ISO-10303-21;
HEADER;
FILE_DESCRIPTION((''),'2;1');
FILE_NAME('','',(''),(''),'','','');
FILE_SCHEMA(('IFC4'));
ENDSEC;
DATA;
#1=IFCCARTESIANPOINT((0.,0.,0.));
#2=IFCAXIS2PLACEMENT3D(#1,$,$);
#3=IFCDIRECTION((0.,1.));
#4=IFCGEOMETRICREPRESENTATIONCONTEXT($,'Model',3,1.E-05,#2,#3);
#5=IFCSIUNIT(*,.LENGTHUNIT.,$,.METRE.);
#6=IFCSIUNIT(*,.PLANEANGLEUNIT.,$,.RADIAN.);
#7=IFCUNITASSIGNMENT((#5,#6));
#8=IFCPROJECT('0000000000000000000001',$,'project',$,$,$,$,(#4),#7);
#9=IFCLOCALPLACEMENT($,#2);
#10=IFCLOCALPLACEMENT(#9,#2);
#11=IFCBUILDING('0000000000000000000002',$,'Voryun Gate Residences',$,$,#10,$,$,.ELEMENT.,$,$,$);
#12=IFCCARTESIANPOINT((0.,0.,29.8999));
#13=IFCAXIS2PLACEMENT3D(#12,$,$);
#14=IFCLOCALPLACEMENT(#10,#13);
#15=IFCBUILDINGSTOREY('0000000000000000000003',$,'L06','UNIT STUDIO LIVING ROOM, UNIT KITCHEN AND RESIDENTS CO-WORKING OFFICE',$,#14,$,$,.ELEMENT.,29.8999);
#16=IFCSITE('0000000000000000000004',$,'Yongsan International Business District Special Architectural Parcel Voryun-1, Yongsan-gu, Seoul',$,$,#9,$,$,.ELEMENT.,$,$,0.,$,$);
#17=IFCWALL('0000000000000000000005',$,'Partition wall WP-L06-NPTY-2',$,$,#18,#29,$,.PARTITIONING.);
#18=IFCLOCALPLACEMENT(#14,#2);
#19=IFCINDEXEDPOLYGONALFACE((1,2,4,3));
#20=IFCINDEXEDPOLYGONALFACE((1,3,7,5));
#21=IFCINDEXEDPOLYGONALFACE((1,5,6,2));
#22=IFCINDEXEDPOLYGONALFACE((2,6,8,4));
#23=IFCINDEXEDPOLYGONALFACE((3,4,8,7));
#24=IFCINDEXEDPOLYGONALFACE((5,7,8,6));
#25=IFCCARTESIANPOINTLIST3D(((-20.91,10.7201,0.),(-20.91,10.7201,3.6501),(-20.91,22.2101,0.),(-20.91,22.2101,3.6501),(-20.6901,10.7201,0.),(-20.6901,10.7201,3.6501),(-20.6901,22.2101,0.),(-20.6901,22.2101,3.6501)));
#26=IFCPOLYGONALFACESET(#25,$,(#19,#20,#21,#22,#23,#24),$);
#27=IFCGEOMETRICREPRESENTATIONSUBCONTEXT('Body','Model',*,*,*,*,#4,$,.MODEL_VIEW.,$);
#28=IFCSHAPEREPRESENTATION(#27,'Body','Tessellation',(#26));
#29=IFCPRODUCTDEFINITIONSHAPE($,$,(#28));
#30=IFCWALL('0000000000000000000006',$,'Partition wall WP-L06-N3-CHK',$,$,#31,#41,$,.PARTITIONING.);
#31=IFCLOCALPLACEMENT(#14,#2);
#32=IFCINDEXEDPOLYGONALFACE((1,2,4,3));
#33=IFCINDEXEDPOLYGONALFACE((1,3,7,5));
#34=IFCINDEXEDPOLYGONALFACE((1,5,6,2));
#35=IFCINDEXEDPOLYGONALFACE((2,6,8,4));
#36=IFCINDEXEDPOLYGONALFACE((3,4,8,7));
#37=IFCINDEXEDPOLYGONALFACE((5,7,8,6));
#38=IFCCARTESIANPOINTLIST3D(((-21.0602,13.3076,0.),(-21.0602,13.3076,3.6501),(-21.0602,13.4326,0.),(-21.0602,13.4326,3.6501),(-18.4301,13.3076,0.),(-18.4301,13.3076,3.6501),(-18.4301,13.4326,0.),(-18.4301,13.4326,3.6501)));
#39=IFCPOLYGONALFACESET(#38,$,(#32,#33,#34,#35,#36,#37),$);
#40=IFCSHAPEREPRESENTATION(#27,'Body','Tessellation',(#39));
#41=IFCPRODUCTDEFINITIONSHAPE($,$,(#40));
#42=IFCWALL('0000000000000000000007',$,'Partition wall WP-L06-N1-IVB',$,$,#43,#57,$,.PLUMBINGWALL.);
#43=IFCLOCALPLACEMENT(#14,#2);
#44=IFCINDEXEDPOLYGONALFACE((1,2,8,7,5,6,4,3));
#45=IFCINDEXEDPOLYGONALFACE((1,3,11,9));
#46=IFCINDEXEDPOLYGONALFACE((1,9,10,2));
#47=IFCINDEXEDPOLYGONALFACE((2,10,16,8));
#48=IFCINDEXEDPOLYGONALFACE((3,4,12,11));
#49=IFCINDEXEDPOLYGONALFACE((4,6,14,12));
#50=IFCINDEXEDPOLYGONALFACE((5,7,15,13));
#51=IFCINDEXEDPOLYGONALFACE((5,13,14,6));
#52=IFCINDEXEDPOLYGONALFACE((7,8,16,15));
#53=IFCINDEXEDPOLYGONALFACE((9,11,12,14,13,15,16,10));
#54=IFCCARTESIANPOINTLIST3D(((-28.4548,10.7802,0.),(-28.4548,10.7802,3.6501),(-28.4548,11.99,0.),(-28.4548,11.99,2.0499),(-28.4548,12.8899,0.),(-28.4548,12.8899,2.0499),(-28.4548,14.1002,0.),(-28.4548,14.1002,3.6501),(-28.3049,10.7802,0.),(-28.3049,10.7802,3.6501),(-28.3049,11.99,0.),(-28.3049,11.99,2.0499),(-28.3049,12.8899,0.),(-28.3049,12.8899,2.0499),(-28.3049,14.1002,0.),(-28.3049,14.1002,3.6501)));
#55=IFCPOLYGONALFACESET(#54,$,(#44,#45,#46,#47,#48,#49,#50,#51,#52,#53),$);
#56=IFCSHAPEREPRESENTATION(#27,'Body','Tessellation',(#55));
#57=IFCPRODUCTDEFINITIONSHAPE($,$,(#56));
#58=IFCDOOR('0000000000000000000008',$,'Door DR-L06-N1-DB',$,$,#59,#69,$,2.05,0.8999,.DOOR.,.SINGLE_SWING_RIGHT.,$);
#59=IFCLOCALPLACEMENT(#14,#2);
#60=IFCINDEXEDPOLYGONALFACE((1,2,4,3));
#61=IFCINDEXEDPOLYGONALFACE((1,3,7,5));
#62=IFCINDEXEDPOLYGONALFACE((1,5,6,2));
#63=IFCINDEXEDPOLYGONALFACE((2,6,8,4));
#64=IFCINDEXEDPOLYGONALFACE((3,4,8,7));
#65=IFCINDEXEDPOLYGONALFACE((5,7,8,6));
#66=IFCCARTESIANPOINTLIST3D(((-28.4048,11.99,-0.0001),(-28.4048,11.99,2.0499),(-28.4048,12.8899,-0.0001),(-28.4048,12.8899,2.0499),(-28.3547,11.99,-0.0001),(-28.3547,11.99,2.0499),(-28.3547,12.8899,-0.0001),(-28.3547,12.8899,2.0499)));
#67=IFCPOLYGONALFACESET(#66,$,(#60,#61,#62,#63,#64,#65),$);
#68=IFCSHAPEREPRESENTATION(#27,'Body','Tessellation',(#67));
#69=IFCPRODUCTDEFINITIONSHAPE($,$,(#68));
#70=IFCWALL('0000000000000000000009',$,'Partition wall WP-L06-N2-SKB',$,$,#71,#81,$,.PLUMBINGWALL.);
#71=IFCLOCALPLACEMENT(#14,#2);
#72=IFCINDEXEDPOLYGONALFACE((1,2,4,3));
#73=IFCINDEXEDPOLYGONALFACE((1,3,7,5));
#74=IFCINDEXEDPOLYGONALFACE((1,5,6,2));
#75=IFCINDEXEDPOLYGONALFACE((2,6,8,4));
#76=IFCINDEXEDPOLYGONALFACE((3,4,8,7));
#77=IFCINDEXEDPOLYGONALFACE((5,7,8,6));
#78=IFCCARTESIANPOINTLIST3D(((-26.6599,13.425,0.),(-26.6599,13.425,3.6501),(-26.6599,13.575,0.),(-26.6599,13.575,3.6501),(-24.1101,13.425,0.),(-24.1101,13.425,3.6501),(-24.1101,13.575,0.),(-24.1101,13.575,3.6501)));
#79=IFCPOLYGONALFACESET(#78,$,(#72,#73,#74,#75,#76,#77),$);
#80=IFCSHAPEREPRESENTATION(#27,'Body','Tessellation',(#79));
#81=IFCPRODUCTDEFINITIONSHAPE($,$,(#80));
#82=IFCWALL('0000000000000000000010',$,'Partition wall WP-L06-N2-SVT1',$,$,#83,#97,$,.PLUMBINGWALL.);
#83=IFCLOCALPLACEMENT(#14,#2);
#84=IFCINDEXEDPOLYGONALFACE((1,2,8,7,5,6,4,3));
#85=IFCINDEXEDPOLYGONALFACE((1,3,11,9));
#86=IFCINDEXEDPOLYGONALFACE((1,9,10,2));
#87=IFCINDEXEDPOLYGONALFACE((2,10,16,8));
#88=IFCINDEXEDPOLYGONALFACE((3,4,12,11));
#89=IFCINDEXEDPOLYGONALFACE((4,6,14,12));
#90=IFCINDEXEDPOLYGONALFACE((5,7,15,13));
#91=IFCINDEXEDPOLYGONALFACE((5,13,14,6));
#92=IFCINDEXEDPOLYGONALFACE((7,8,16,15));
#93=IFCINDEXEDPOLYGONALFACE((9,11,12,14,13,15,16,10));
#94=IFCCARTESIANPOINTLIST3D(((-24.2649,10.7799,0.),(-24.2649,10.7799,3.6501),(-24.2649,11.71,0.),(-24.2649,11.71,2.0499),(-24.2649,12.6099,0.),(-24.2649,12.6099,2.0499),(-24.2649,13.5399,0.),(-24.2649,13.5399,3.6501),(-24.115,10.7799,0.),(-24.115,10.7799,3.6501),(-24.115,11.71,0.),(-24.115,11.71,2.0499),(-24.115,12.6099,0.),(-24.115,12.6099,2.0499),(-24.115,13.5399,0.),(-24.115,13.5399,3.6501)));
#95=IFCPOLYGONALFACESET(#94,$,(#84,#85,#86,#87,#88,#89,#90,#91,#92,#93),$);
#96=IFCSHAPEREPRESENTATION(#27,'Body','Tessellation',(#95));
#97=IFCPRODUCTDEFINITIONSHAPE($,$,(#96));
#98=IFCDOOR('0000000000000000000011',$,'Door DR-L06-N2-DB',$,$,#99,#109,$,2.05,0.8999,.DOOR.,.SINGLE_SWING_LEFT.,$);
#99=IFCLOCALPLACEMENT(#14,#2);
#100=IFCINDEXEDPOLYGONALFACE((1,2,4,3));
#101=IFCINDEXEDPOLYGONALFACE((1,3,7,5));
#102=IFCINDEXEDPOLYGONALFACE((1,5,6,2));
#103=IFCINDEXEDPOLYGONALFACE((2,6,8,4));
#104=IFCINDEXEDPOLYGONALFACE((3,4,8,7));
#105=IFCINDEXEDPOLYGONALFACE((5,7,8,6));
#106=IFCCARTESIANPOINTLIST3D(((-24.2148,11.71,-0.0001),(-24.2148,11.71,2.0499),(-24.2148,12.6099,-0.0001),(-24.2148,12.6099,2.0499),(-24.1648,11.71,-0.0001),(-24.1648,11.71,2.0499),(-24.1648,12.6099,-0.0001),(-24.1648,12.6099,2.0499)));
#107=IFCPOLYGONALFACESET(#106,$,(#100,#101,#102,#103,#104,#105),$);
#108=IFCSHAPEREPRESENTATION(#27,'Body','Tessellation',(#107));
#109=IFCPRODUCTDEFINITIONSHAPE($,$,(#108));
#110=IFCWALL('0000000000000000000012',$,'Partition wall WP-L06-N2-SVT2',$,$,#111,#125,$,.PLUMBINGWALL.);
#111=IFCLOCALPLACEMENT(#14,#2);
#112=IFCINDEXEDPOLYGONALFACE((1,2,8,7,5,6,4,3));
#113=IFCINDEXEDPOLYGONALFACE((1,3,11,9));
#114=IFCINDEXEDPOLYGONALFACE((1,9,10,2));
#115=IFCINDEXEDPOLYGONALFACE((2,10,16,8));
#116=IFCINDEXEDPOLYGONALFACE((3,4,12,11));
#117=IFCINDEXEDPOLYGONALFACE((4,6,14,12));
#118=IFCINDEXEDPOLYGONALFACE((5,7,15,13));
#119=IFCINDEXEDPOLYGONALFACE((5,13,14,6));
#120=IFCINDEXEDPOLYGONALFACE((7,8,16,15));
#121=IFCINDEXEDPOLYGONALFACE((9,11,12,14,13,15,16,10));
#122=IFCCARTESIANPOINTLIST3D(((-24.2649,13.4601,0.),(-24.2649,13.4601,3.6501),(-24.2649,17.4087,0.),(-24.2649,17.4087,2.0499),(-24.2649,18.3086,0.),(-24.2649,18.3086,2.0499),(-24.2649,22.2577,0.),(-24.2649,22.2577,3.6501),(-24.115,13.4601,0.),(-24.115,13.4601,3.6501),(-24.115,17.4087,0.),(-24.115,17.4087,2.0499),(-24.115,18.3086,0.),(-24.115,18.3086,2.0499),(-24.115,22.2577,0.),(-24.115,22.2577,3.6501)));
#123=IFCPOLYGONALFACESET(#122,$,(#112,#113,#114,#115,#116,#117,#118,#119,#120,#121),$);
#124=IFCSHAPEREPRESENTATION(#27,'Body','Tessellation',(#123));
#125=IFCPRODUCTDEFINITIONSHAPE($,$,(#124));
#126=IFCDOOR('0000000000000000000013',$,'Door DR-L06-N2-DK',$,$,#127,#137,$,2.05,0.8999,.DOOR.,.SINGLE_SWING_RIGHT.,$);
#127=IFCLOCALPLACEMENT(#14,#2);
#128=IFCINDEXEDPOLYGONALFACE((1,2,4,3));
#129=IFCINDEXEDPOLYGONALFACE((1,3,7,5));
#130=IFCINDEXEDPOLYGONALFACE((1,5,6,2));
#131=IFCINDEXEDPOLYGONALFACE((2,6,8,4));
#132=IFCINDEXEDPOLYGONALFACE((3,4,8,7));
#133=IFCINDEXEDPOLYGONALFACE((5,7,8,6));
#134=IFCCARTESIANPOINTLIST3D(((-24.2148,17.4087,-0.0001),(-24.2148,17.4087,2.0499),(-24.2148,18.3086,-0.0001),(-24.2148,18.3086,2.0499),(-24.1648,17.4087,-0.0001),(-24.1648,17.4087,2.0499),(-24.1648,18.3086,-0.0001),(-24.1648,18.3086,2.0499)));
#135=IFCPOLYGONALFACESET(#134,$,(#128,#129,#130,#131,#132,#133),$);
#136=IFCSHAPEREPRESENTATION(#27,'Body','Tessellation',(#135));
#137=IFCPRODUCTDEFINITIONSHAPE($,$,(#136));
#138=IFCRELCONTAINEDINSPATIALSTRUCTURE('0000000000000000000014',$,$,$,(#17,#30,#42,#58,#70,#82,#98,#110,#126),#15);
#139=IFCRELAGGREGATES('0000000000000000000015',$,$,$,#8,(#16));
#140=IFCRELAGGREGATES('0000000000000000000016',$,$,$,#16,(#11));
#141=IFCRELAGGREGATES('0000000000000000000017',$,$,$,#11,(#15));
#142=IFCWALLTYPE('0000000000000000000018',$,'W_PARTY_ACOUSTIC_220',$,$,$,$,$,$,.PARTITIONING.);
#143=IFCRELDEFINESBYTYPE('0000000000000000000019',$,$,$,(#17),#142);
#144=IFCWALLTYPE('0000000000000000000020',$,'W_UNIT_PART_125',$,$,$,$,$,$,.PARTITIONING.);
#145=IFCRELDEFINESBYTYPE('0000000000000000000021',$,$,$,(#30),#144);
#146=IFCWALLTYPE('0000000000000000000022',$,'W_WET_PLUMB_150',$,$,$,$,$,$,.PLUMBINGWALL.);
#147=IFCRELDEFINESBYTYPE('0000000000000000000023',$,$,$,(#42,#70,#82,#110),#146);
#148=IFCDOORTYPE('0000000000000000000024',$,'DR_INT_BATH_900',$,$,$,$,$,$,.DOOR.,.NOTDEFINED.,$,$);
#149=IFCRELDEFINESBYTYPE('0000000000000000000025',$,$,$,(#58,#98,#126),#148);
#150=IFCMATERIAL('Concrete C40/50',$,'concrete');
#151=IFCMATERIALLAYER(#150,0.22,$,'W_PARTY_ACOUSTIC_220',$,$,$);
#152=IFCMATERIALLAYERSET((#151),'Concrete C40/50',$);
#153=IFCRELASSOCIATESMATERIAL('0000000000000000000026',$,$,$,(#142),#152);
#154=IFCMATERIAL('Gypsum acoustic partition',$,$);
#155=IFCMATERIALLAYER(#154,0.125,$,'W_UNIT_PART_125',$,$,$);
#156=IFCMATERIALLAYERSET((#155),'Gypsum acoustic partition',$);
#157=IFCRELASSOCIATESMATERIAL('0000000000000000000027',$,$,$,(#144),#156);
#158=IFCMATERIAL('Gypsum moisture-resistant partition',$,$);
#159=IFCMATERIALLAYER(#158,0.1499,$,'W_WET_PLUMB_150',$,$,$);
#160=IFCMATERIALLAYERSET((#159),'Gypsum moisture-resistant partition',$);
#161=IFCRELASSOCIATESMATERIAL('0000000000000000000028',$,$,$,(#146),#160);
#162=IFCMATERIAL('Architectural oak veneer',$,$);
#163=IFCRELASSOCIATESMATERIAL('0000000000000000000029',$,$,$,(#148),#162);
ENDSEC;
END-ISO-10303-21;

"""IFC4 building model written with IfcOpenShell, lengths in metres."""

from ifc_helpers import new_model, si_unit, direction, frame, frame_2d, origin, place, context, subcontext, project, spatial, rectangle, extrude, material, layer, layer_set, type_object, element, fill, save


model = new_model("IFC4")

# Units and contexts
model_context = context("Model", 3, precision=1e-05, world=origin(), true_north=direction((0.0, 1.0)))
body_context = subcontext(model_context, "Body", "Model", "MODEL_VIEW")
ifc_project = project(units=[si_unit("LENGTHUNIT", "METRE"), si_unit("PLANEANGLEUNIT", "RADIAN")], contexts=[model_context])

# Site, building, storey
site_placement = place(None, origin())
site = spatial("IfcSite", under=ifc_project, at=site_placement, Name="Yongsan International Business District Special Architectural Parcel Voryun-1, Yongsan-gu, Seoul", CompositionType="ELEMENT", RefElevation=0.0)
building_placement = place(site_placement, origin())
building = spatial("IfcBuilding", under=site, at=building_placement, Name="Voryun Gate Residences", CompositionType="ELEMENT")
storey_placement = place(building_placement, frame((0.0, 0.0, 29.8999)))
storey = spatial("IfcBuildingStorey", under=building, at=storey_placement, Name="L06", Description="UNIT STUDIO LIVING ROOM, UNIT KITCHEN AND RESIDENTS CO-WORKING OFFICE", CompositionType="ELEMENT", Elevation=29.8999)

# Walls
ifc_material_1 = material(Name="Concrete C40/50", Category="concrete")
ifc_layer_1 = layer(ifc_material_1, 0.22, Name="W_PARTY_ACOUSTIC_220")
ifc_layer_set_1 = layer_set([ifc_layer_1], Name="Concrete C40/50")
wall_type_1 = type_object("IfcWallType", Name="W_PARTY_ACOUSTIC_220", PredefinedType="PARTITIONING", material=ifc_layer_set_1)
wall_1_placement = place(storey_placement, frame((-20.8, 10.72, 0.0), z_axis=(0.0, 0.0, 1.0), x_axis=(0.0, 1.0, 0.0)))
element("IfcWall", 1, at=wall_1_placement, inside=storey, type_object=wall_type_1, Name="Partition wall WP-L06-NPTY-2", PredefinedType="PARTITIONING", context=body_context, shape_type="SweptSolid", body=[
    extrude(rectangle(XDim=11.49, YDim=0.22, at=frame_2d((5.7451, 0.0))), origin(), (0.0, 0.0, 1.0), 3.6501),
])
ifc_material_2 = material(Name="Gypsum acoustic partition")
ifc_layer_2 = layer(ifc_material_2, 0.125, Name="W_UNIT_PART_125")
ifc_layer_set_2 = layer_set([ifc_layer_2], Name="Gypsum acoustic partition")
wall_type_2 = type_object("IfcWallType", Name="W_UNIT_PART_125", PredefinedType="PARTITIONING", material=ifc_layer_set_2)
wall_2_placement = place(storey_placement, frame((-21.0601, 13.3701, 0.0), z_axis=(0.0, 0.0, 1.0), x_axis=(1.0, 0.0, 0.0)))
element("IfcWall", 2, at=wall_2_placement, inside=storey, type_object=wall_type_2, Name="Partition wall WP-L06-N3-CHK", PredefinedType="PARTITIONING", context=body_context, shape_type="SweptSolid", body=[
    extrude(rectangle(XDim=2.6301, YDim=0.125, at=frame_2d((1.3149, 0.0))), origin(), (0.0, 0.0, 1.0), 3.6501),
])

# Wall, opening, door
ifc_material_3 = material(Name="Gypsum moisture-resistant partition")
ifc_layer_3 = layer(ifc_material_3, 0.1499, Name="W_WET_PLUMB_150")
ifc_layer_set_3 = layer_set([ifc_layer_3], Name="Gypsum moisture-resistant partition")
wall_type_3 = type_object("IfcWallType", Name="W_WET_PLUMB_150", PredefinedType="PLUMBINGWALL", material=ifc_layer_set_3)
wall_3_placement = place(storey_placement, frame((-28.3799, 10.78, 0.0), z_axis=(0.0, 0.0, 1.0), x_axis=(0.0, 1.0, 0.0)))
wall_3 = element("IfcWall", 3, at=wall_3_placement, inside=storey, type_object=wall_type_3, Name="Partition wall WP-L06-N1-IVB", PredefinedType="PLUMBINGWALL", context=body_context, shape_type="SweptSolid", body=[
    extrude(rectangle(XDim=3.3201, YDim=0.1499, at=frame_2d((1.6602, 0.0))), origin(), (0.0, 0.0, 1.0), 3.6501),
])
opening_1_placement = place(wall_3_placement, frame((1.21, 0.0, 0.0)))
opening_1 = element("IfcOpeningElement", 4, at=opening_1_placement, cuts=wall_3, PredefinedType="OPENING", context=body_context, shape_type="SweptSolid", body=[
    extrude(rectangle(XDim=0.8999, YDim=2.05, at=frame_2d((0.45, 1.0249))), frame((0.0, 0.085, 0.0), z_axis=(0.0, -1.0, 0.0), x_axis=(1.0, 0.0, 0.0)), (0.0, 0.0, 1.0), 0.1699),
])
ifc_material_4 = material(Name="Architectural oak veneer")
door_type = type_object("IfcDoorType", Name="DR_INT_BATH_900", OperationType="NOTDEFINED", PredefinedType="DOOR", material=ifc_material_4)
door_1_placement = place(opening_1_placement, origin())
door_1 = element("IfcDoor", 5, at=door_1_placement, inside=storey, type_object=door_type, Name="Door DR-L06-N1-DB", OperationType="SINGLE_SWING_RIGHT", OverallHeight=2.05, OverallWidth=0.8999, PredefinedType="DOOR", context=body_context, shape_type="SweptSolid", body=[
    extrude(rectangle(XDim=0.8999, YDim=2.05, at=frame_2d((0.45, 1.0249))), frame((0.0, 0.0249, 0.0), z_axis=(0.0, -1.0, 0.0), x_axis=(1.0, 0.0, 0.0)), (0.0, 0.0, 1.0), 0.05),
])
fill(opening_1, door_1)

# Wall
wall_4_placement = place(storey_placement, frame((-26.6599, 13.5, 0.0), z_axis=(0.0, 0.0, 1.0), x_axis=(1.0, 0.0, 0.0)))
element("IfcWall", 6, at=wall_4_placement, inside=storey, type_object=wall_type_3, Name="Partition wall WP-L06-N2-SKB", PredefinedType="PLUMBINGWALL", context=body_context, shape_type="SweptSolid", body=[
    extrude(rectangle(XDim=2.5498, YDim=0.1499, at=frame_2d((1.2749, 0.0))), origin(), (0.0, 0.0, 1.0), 3.6501),
])

# Walls, openings, doors
wall_5_placement = place(storey_placement, frame((-24.1899, 10.78, 0.0), z_axis=(0.0, 0.0, 1.0), x_axis=(0.0, 1.0, 0.0)))
wall_5 = element("IfcWall", 7, at=wall_5_placement, inside=storey, type_object=wall_type_3, Name="Partition wall WP-L06-N2-SVT1", PredefinedType="PLUMBINGWALL", context=body_context, shape_type="SweptSolid", body=[
    extrude(rectangle(XDim=2.76, YDim=0.1499, at=frame_2d((1.3799, 0.0))), origin(), (0.0, 0.0, 1.0), 3.6501),
])
opening_2_placement = place(wall_5_placement, frame((0.9299, 0.0, 0.0)))
opening_2 = element("IfcOpeningElement", 8, at=opening_2_placement, cuts=wall_5, PredefinedType="OPENING", context=body_context, shape_type="SweptSolid", body=[
    extrude(rectangle(XDim=0.8999, YDim=2.05, at=frame_2d((0.45, 1.0249))), frame((0.0, 0.085, 0.0), z_axis=(0.0, -1.0, 0.0), x_axis=(1.0, 0.0, 0.0)), (0.0, 0.0, 1.0), 0.1699),
])
door_2_placement = place(opening_2_placement, origin())
door_2 = element("IfcDoor", 9, at=door_2_placement, inside=storey, type_object=door_type, Name="Door DR-L06-N2-DB", OperationType="SINGLE_SWING_LEFT", OverallHeight=2.05, OverallWidth=0.8999, PredefinedType="DOOR", context=body_context, shape_type="SweptSolid", body=[
    extrude(rectangle(XDim=0.8999, YDim=2.05, at=frame_2d((0.45, 1.0249))), frame((0.0, 0.0249, 0.0), z_axis=(0.0, -1.0, 0.0), x_axis=(1.0, 0.0, 0.0)), (0.0, 0.0, 1.0), 0.05),
])
fill(opening_2, door_2)
wall_6_placement = place(storey_placement, frame((-24.1899, 13.46, 0.0), z_axis=(0.0, 0.0, 1.0), x_axis=(0.0, 1.0, 0.0)))
wall_6 = element("IfcWall", 10, at=wall_6_placement, inside=storey, type_object=wall_type_3, Name="Partition wall WP-L06-N2-SVT2", PredefinedType="PLUMBINGWALL", context=body_context, shape_type="SweptSolid", body=[
    extrude(rectangle(XDim=8.7976, YDim=0.1499, at=frame_2d((4.3989, 0.0))), origin(), (0.0, 0.0, 1.0), 3.6501),
])
opening_3_placement = place(wall_6_placement, frame((3.9487, 0.0, 0.0)))
opening_3 = element("IfcOpeningElement", 11, at=opening_3_placement, cuts=wall_6, PredefinedType="OPENING", context=body_context, shape_type="SweptSolid", body=[
    extrude(rectangle(XDim=0.8999, YDim=2.05, at=frame_2d((0.45, 1.0249))), frame((0.0, 0.085, 0.0), z_axis=(0.0, -1.0, 0.0), x_axis=(1.0, 0.0, 0.0)), (0.0, 0.0, 1.0), 0.1699),
])
door_3_placement = place(opening_3_placement, origin())
door_3 = element("IfcDoor", 12, at=door_3_placement, inside=storey, type_object=door_type, Name="Door DR-L06-N2-DK", OperationType="SINGLE_SWING_RIGHT", OverallHeight=2.05, OverallWidth=0.8999, PredefinedType="DOOR", context=body_context, shape_type="SweptSolid", body=[
    extrude(rectangle(XDim=0.8999, YDim=2.05, at=frame_2d((0.45, 1.0249))), frame((0.0, 0.0249, 0.0), z_axis=(0.0, -1.0, 0.0), x_axis=(1.0, 0.0, 0.0)), (0.0, 0.0, 1.0), 0.05),
])
fill(opening_3, door_3)

save(model, "model.ifc")
